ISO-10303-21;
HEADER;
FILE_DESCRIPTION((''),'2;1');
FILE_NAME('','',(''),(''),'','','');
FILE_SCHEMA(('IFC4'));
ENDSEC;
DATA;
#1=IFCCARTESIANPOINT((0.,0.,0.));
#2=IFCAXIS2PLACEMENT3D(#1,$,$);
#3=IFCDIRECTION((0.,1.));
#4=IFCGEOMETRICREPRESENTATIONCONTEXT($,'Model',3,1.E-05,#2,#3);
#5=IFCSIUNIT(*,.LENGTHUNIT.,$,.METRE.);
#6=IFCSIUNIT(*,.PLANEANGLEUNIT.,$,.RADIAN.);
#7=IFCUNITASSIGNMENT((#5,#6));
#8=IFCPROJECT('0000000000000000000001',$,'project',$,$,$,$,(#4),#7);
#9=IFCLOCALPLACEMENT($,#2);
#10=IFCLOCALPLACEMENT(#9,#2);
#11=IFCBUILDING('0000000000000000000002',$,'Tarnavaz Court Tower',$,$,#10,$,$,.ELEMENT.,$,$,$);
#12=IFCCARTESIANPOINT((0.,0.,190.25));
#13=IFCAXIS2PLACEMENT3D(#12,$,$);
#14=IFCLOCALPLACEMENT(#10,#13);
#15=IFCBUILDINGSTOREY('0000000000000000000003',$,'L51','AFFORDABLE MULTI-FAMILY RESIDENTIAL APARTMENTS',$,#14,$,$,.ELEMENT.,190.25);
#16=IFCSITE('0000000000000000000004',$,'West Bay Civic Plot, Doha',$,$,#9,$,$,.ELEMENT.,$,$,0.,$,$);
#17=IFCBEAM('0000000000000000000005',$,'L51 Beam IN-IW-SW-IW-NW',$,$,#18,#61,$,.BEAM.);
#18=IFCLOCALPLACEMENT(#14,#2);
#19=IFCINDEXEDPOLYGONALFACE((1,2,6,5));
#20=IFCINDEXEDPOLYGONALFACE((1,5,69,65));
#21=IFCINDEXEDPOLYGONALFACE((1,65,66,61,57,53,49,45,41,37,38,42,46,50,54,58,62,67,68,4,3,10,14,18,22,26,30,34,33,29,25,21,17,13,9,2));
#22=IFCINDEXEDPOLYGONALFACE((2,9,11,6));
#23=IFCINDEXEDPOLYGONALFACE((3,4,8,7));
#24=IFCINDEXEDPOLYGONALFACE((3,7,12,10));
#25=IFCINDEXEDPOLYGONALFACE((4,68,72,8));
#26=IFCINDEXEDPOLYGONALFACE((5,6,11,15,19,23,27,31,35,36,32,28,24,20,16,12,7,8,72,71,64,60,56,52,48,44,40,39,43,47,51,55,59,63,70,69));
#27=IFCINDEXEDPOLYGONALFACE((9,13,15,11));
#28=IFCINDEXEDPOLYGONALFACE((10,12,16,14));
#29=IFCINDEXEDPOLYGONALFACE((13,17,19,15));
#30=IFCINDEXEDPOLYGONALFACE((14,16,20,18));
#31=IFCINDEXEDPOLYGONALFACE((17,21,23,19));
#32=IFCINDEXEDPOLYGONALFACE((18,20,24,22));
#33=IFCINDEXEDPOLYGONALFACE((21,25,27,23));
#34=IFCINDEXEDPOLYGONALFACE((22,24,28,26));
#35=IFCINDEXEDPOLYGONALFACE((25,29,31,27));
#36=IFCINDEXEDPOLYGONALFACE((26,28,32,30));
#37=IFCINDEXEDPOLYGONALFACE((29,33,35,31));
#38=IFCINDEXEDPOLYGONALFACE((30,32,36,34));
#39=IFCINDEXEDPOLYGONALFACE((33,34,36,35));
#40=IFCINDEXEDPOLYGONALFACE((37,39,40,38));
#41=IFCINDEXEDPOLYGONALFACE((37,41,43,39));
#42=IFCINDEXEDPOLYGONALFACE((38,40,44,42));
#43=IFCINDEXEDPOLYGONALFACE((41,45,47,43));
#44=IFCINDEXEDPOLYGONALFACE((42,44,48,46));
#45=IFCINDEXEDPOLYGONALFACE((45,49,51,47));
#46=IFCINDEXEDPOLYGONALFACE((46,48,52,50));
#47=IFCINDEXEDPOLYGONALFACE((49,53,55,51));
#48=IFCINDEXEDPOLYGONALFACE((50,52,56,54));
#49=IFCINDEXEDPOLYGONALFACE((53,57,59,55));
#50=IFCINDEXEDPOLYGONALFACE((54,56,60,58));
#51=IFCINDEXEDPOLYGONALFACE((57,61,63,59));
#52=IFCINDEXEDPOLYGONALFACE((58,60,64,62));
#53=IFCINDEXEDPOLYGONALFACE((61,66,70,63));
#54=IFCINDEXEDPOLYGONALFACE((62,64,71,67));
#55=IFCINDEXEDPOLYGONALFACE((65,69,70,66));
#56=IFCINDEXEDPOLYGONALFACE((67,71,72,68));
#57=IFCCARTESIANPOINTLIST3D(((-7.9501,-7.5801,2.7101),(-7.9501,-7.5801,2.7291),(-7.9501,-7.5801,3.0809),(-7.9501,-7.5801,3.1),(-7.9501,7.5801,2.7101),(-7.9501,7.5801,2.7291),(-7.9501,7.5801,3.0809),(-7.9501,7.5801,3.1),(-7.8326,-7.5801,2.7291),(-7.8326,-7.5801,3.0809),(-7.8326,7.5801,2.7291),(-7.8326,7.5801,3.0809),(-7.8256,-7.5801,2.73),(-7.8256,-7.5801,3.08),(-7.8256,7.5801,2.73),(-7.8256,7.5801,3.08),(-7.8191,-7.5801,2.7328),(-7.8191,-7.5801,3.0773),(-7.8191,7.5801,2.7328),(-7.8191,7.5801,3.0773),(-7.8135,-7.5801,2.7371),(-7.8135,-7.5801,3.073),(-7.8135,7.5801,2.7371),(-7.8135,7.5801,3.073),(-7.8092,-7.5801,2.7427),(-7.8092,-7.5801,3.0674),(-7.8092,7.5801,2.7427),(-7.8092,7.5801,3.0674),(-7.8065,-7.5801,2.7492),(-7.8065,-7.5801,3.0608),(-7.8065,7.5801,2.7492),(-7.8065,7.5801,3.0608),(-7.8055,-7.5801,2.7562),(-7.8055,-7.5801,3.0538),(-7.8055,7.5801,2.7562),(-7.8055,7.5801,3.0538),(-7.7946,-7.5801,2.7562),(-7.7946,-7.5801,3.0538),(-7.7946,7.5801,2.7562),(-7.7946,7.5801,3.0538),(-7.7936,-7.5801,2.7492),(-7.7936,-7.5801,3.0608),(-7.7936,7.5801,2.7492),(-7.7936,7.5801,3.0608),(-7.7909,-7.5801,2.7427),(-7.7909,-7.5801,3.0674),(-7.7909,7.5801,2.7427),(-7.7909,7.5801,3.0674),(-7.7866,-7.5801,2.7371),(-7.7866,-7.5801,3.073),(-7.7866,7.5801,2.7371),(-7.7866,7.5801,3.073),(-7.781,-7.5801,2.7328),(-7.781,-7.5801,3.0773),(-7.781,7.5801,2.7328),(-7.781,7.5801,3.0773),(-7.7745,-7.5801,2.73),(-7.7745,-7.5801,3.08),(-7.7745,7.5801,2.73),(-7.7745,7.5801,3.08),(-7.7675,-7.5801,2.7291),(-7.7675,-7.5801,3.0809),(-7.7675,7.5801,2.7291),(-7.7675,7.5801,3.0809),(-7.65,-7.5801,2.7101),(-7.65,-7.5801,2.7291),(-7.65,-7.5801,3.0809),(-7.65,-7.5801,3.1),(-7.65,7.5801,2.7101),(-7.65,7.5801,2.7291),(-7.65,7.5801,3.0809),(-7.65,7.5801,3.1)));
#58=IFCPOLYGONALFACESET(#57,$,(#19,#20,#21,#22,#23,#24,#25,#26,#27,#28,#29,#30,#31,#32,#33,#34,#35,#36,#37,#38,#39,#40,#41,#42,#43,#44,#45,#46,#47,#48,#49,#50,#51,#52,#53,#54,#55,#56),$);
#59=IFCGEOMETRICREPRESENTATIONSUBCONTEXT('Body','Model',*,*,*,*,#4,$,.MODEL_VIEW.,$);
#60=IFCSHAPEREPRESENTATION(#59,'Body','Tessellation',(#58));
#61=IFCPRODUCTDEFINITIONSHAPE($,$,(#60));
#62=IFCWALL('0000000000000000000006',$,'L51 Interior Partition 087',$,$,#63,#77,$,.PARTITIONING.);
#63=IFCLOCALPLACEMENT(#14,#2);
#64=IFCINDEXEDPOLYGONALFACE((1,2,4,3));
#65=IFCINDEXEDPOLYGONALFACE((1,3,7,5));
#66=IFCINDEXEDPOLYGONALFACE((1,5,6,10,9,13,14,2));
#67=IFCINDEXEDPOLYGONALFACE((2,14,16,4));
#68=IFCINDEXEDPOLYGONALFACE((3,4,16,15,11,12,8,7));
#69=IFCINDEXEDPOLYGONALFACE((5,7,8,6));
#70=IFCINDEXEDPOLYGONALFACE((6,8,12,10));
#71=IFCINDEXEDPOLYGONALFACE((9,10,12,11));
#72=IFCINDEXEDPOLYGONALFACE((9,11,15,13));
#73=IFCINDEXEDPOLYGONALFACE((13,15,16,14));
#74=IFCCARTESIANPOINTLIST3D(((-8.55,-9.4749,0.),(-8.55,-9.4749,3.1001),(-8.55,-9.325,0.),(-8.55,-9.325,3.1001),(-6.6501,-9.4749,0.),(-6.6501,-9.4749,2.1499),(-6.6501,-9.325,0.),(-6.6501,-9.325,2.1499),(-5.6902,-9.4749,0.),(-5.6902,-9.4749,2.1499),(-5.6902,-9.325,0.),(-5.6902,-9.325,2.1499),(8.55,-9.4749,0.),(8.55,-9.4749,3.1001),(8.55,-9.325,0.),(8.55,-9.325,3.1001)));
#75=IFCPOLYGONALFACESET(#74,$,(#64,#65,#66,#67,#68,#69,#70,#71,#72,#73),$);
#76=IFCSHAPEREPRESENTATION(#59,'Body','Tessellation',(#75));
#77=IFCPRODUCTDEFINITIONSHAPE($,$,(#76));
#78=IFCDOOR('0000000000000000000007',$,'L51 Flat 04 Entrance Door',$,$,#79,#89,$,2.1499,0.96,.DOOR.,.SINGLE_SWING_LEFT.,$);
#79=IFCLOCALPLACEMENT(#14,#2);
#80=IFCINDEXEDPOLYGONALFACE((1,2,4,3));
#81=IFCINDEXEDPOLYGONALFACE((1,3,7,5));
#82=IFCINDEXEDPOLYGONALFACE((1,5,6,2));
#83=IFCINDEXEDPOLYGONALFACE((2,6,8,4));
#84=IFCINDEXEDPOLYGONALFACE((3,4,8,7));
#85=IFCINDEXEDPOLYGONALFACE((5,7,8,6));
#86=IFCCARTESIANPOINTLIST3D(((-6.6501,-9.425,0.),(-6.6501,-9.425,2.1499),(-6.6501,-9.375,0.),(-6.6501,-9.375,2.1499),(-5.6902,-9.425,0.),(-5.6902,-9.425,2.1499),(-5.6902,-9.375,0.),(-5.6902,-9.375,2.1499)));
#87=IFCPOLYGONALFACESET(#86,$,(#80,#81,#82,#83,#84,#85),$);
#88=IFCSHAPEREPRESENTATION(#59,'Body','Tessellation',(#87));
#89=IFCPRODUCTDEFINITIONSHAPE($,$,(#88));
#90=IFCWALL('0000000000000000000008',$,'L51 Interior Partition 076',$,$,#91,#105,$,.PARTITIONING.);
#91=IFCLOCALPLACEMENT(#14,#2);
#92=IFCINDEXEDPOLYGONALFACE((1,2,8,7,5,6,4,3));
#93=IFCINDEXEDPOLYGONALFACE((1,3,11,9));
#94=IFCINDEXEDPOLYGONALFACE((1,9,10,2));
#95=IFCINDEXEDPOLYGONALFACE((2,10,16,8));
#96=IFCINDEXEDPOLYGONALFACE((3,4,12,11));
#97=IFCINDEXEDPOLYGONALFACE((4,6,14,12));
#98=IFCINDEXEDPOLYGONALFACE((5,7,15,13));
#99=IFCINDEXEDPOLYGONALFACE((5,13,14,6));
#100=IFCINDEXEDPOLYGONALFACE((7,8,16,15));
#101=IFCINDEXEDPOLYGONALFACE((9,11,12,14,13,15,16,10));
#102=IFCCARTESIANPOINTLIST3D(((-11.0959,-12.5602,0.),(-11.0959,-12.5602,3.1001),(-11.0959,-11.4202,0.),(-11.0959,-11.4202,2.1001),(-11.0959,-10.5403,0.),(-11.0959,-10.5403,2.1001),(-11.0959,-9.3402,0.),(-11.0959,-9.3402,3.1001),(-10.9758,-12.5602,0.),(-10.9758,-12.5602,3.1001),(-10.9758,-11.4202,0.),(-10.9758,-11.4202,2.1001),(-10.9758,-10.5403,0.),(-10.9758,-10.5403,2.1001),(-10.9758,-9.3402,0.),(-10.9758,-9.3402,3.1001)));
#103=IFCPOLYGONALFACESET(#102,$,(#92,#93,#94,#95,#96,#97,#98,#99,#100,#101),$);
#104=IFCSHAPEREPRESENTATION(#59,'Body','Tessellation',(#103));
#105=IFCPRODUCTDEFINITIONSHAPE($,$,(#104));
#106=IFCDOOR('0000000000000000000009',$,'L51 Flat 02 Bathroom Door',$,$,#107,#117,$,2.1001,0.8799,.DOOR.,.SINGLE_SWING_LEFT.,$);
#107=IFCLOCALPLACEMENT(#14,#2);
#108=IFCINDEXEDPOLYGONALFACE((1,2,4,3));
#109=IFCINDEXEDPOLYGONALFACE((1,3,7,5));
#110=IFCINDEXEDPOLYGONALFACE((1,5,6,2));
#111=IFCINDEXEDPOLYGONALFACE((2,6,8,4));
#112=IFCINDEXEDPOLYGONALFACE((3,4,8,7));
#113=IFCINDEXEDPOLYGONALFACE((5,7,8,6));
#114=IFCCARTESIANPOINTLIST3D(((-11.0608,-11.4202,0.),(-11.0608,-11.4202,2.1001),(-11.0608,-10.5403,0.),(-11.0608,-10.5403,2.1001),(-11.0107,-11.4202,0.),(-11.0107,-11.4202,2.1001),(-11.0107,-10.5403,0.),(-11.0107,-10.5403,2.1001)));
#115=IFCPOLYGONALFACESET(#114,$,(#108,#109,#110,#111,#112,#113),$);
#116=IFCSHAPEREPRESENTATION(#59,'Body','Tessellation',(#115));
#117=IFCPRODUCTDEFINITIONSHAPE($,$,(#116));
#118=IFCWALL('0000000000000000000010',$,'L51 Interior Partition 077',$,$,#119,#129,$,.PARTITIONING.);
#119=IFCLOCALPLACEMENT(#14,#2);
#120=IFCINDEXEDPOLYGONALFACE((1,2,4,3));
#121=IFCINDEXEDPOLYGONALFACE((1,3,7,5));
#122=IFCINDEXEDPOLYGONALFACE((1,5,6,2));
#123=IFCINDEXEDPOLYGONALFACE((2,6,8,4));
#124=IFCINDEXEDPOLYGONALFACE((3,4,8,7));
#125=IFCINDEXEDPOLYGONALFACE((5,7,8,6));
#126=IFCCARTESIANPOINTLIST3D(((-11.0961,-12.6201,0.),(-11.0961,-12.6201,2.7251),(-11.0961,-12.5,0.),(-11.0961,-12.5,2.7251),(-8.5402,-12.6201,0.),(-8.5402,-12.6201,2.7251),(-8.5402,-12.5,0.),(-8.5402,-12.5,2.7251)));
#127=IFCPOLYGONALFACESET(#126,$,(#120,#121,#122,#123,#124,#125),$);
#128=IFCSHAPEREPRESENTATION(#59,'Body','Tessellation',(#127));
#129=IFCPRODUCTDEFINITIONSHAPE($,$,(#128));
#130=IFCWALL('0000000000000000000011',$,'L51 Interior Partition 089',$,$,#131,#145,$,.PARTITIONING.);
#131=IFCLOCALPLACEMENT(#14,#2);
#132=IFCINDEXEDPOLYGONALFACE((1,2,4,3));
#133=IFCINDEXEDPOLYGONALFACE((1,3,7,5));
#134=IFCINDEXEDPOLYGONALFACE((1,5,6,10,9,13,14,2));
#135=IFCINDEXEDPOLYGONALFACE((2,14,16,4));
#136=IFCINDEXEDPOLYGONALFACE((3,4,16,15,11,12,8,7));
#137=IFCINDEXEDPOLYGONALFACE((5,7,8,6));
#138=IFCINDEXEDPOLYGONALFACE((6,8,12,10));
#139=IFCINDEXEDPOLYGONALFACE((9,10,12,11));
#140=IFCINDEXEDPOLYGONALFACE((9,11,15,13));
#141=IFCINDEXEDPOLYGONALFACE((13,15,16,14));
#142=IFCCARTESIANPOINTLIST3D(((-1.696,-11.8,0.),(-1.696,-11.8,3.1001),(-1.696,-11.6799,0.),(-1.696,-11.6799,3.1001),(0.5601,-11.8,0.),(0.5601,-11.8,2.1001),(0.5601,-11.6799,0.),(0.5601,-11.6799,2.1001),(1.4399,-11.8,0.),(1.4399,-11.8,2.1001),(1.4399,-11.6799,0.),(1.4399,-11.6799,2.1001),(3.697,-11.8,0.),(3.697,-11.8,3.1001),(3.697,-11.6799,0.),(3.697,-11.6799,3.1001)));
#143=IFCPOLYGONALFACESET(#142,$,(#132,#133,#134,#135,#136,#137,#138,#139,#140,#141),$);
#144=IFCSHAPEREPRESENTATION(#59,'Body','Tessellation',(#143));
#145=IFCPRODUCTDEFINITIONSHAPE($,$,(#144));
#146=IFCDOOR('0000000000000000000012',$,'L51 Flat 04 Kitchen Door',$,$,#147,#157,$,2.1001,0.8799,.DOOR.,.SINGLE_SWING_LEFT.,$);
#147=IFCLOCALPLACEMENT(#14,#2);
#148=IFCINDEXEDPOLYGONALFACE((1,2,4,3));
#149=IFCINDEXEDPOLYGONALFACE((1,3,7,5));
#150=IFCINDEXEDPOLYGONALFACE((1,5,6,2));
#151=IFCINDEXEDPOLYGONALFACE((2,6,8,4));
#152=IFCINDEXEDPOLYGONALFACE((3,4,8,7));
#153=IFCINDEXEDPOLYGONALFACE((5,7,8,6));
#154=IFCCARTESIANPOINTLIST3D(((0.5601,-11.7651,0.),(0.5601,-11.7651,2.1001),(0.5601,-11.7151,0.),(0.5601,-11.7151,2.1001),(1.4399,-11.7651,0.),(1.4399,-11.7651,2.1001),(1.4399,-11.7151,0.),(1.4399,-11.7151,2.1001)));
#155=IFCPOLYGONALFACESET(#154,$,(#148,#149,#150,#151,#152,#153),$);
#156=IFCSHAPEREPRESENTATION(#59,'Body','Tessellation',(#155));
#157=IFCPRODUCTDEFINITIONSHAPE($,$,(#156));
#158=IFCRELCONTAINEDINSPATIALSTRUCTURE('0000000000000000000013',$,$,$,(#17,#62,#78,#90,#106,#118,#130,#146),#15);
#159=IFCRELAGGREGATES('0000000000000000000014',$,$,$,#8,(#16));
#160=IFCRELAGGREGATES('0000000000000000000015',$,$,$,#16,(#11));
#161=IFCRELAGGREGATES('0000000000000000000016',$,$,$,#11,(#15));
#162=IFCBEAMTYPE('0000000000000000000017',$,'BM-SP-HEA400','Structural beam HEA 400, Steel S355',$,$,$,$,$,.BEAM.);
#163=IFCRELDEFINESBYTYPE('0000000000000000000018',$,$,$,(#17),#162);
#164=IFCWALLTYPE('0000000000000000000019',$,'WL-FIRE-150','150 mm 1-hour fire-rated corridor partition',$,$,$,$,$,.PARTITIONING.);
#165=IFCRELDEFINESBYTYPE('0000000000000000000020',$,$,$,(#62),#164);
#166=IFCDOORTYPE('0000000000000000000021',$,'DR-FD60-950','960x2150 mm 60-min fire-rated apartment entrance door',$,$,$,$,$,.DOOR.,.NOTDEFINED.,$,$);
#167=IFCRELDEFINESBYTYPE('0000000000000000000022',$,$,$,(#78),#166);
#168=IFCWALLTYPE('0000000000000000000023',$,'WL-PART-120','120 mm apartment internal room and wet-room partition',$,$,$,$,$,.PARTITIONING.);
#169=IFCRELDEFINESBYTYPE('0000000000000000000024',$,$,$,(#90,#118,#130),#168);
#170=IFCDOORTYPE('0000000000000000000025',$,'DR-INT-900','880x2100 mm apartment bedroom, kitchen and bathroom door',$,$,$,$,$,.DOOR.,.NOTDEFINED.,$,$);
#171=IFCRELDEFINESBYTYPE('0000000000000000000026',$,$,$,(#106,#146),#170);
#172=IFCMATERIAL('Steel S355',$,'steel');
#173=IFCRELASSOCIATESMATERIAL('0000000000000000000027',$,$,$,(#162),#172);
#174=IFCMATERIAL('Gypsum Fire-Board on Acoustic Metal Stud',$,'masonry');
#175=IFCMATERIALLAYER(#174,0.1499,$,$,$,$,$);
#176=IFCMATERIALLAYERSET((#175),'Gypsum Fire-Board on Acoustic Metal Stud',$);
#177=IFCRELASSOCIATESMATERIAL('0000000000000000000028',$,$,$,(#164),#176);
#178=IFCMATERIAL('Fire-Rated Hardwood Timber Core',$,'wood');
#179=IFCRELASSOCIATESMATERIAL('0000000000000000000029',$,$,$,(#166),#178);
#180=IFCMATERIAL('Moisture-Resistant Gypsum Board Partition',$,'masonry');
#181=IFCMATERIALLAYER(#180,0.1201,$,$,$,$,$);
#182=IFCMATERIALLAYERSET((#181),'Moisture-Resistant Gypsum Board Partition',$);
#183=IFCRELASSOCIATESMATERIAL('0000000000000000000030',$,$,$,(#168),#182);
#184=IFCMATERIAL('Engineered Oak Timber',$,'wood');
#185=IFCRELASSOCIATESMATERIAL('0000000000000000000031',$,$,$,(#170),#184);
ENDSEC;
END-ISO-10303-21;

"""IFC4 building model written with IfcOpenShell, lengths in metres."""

from ifc_helpers import new_model, si_unit, direction, frame, frame_2d, origin, origin_2d, place, context, subcontext, project, spatial, rectangle, i_section, extrude, material, layer, layer_set, material_profile, profile_set, type_object, element, fill, save


model = new_model("IFC4")

# Units and contexts
model_context = context("Model", 3, precision=1e-05, world=origin(), true_north=direction((0.0, 1.0)))
body_context = subcontext(model_context, "Body", "Model", "MODEL_VIEW")
ifc_project = project(units=[si_unit("LENGTHUNIT", "METRE"), si_unit("PLANEANGLEUNIT", "RADIAN")], contexts=[model_context])

# Site, building, storey
site_placement = place(None, origin())
site = spatial("IfcSite", under=ifc_project, at=site_placement, Name="West Bay Civic Plot, Doha", CompositionType="ELEMENT", RefElevation=0.0)
building_placement = place(site_placement, origin())
building = spatial("IfcBuilding", under=site, at=building_placement, Name="Tarnavaz Court Tower", CompositionType="ELEMENT")
storey_placement = place(building_placement, frame((0.0, 0.0, 190.25)))
storey = spatial("IfcBuildingStorey", under=building, at=storey_placement, Name="L51", Description="AFFORDABLE MULTI-FAMILY RESIDENTIAL APARTMENTS", CompositionType="ELEMENT", Elevation=190.25)

# Beam
ifc_material_1 = material(Name="Steel S355", Category="steel")
ifc_material_profile_1 = material_profile(ifc_material_1, i_section(OverallWidth=0.3, OverallDepth=0.3899, WebThickness=0.011, FlangeThickness=0.019, FilletRadius=0.0271, at=origin_2d()), Name="HEA 400")
ifc_profile_set_1 = profile_set([ifc_material_profile_1], Name="Steel S355")
beam_type_1 = type_object("IfcBeamType", Name="BM-SP-HEA400", Description="Structural beam HEA 400, Steel S355", PredefinedType="BEAM", material=ifc_profile_set_1)
for number, where, z_axis, x_axis, name in (
    (1, (-7.8, -7.5801, 2.905), (0.0, 1.0, 0.0), (-1.0, 0.0, 0.0), "L51 Beam IN-IW-SW-IW-NW"),
):
    element("IfcBeam", number, at=place(storey_placement, frame(where, z_axis=z_axis, x_axis=x_axis)), inside=storey, type_object=beam_type_1, Name=name, PredefinedType="BEAM", context=body_context, shape_type="SweptSolid", body=[
        extrude(i_section(OverallWidth=0.3, OverallDepth=0.3899, WebThickness=0.011, FlangeThickness=0.019, FilletRadius=0.0271, at=origin_2d()), origin(), (0.0, 0.0, 1.0), 15.1602),
    ])

# Walls, openings, doors
ifc_material_2 = material(Name="Gypsum Fire-Board on Acoustic Metal Stud", Category="masonry")
ifc_layer_1 = layer(ifc_material_2, 0.1499)
ifc_layer_set_1 = layer_set([ifc_layer_1], Name="Gypsum Fire-Board on Acoustic Metal Stud")
wall_type_1 = type_object("IfcWallType", Name="WL-FIRE-150", Description="150 mm 1-hour fire-rated corridor partition", PredefinedType="PARTITIONING", material=ifc_layer_set_1)
wall_1_placement = place(storey_placement, frame((-8.55, -9.3999, 0.0), z_axis=(0.0, 0.0, 1.0), x_axis=(1.0, 0.0, 0.0)))
wall_1 = element("IfcWall", 2, at=wall_1_placement, inside=storey, type_object=wall_type_1, Name="L51 Interior Partition 087", PredefinedType="PARTITIONING", context=body_context, shape_type="SweptSolid", body=[
    extrude(rectangle(XDim=17.1001, YDim=0.1499, at=frame_2d((8.55, 0.0))), origin(), (0.0, 0.0, 1.0), 3.1001),
])
opening_1_placement = place(wall_1_placement, frame((1.8999, 0.0, 0.0)))
opening_1 = element("IfcOpeningElement", 3, at=opening_1_placement, cuts=wall_1, PredefinedType="OPENING", context=body_context, shape_type="SweptSolid", body=[
    extrude(rectangle(XDim=0.96, YDim=2.1499, at=frame_2d((0.48, 1.075))), frame((0.0, 0.085, 0.0), z_axis=(0.0, -1.0, 0.0), x_axis=(1.0, 0.0, 0.0)), (0.0, 0.0, 1.0), 0.1699),
])
ifc_material_3 = material(Name="Fire-Rated Hardwood Timber Core", Category="wood")
door_type_1 = type_object("IfcDoorType", Name="DR-FD60-950", Description="960x2150 mm 60-min fire-rated apartment entrance door", OperationType="NOTDEFINED", PredefinedType="DOOR", material=ifc_material_3)
door_1_placement = place(opening_1_placement, origin())
door_1 = element("IfcDoor", 4, at=door_1_placement, inside=storey, type_object=door_type_1, Name="L51 Flat 04 Entrance Door", OperationType="SINGLE_SWING_LEFT", OverallHeight=2.1499, OverallWidth=0.96, PredefinedType="DOOR", context=body_context, shape_type="SweptSolid", body=[
    extrude(rectangle(XDim=0.96, YDim=2.1499, at=frame_2d((0.48, 1.075))), frame((0.0, 0.0249, 0.0), z_axis=(0.0, -1.0, 0.0), x_axis=(1.0, 0.0, 0.0)), (0.0, 0.0, 1.0), 0.05),
])
fill(opening_1, door_1)
ifc_material_4 = material(Name="Moisture-Resistant Gypsum Board Partition", Category="masonry")
ifc_layer_2 = layer(ifc_material_4, 0.1201)
ifc_layer_set_2 = layer_set([ifc_layer_2], Name="Moisture-Resistant Gypsum Board Partition")
wall_type_2 = type_object("IfcWallType", Name="WL-PART-120", Description="120 mm apartment internal room and wet-room partition", PredefinedType="PARTITIONING", material=ifc_layer_set_2)
wall_2_placement = place(storey_placement, frame((-11.0359, -12.5601, 0.0), z_axis=(0.0, 0.0, 1.0), x_axis=(0.0, 1.0, 0.0)))
wall_2 = element("IfcWall", 5, at=wall_2_placement, inside=storey, type_object=wall_type_2, Name="L51 Interior Partition 076", PredefinedType="PARTITIONING", context=body_context, shape_type="SweptSolid", body=[
    extrude(rectangle(XDim=3.22, YDim=0.1201, at=frame_2d((1.6099, 0.0))), origin(), (0.0, 0.0, 1.0), 3.1001),
])
opening_2_placement = place(wall_2_placement, frame((1.1399, 0.0, 0.0)))
opening_2 = element("IfcOpeningElement", 6, at=opening_2_placement, cuts=wall_2, PredefinedType="OPENING", context=body_context, shape_type="SweptSolid", body=[
    extrude(rectangle(XDim=0.8799, YDim=2.1001, at=frame_2d((0.4399, 1.05))), frame((0.0, 0.0701, 0.0), z_axis=(0.0, -1.0, 0.0), x_axis=(1.0, 0.0, 0.0)), (0.0, 0.0, 1.0), 0.1401),
])
ifc_material_5 = material(Name="Engineered Oak Timber", Category="wood")
door_type_2 = type_object("IfcDoorType", Name="DR-INT-900", Description="880x2100 mm apartment bedroom, kitchen and bathroom door", OperationType="NOTDEFINED", PredefinedType="DOOR", material=ifc_material_5)
door_2_placement = place(opening_2_placement, origin())
door_2 = element("IfcDoor", 7, at=door_2_placement, inside=storey, type_object=door_type_2, Name="L51 Flat 02 Bathroom Door", OperationType="SINGLE_SWING_LEFT", OverallHeight=2.1001, OverallWidth=0.8799, PredefinedType="DOOR", context=body_context, shape_type="SweptSolid", body=[
    extrude(rectangle(XDim=0.8799, YDim=2.1001, at=frame_2d((0.4399, 1.05))), frame((0.0, 0.0249, 0.0), z_axis=(0.0, -1.0, 0.0), x_axis=(1.0, 0.0, 0.0)), (0.0, 0.0, 1.0), 0.05),
])
fill(opening_2, door_2)

# Wall
wall_3_placement = place(storey_placement, frame((-11.0959, -12.5601, 0.0), z_axis=(0.0, 0.0, 1.0), x_axis=(1.0, 0.0, 0.0)))
element("IfcWall", 8, at=wall_3_placement, inside=storey, type_object=wall_type_2, Name="L51 Interior Partition 077", PredefinedType="PARTITIONING", context=body_context, shape_type="SweptSolid", body=[
    extrude(rectangle(XDim=2.5559, YDim=0.1201, at=frame_2d((1.2778, 0.0))), origin(), (0.0, 0.0, 1.0), 2.7251),
])

# Wall, opening, door
wall_4_placement = place(storey_placement, frame((-1.696, -11.74, 0.0), z_axis=(0.0, 0.0, 1.0), x_axis=(1.0, 0.0, 0.0)))
wall_4 = element("IfcWall", 9, at=wall_4_placement, inside=storey, type_object=wall_type_2, Name="L51 Interior Partition 089", PredefinedType="PARTITIONING", context=body_context, shape_type="SweptSolid", body=[
    extrude(rectangle(XDim=5.3931, YDim=0.1201, at=frame_2d((2.6965, 0.0))), origin(), (0.0, 0.0, 1.0), 3.1001),
])
opening_3_placement = place(wall_4_placement, frame((2.2561, 0.0, 0.0)))
opening_3 = element("IfcOpeningElement", 10, at=opening_3_placement, cuts=wall_4, PredefinedType="OPENING", context=body_context, shape_type="SweptSolid", body=[
    extrude(rectangle(XDim=0.8799, YDim=2.1001, at=frame_2d((0.4399, 1.05))), frame((0.0, 0.0701, 0.0), z_axis=(0.0, -1.0, 0.0), x_axis=(1.0, 0.0, 0.0)), (0.0, 0.0, 1.0), 0.1401),
])
door_3_placement = place(opening_3_placement, origin())
door_3 = element("IfcDoor", 11, at=door_3_placement, inside=storey, type_object=door_type_2, Name="L51 Flat 04 Kitchen Door", OperationType="SINGLE_SWING_LEFT", OverallHeight=2.1001, OverallWidth=0.8799, PredefinedType="DOOR", context=body_context, shape_type="SweptSolid", body=[
    extrude(rectangle(XDim=0.8799, YDim=2.1001, at=frame_2d((0.4399, 1.05))), frame((0.0, 0.0249, 0.0), z_axis=(0.0, -1.0, 0.0), x_axis=(1.0, 0.0, 0.0)), (0.0, 0.0, 1.0), 0.05),
])
fill(opening_3, door_3)

save(model, "model.ifc")
